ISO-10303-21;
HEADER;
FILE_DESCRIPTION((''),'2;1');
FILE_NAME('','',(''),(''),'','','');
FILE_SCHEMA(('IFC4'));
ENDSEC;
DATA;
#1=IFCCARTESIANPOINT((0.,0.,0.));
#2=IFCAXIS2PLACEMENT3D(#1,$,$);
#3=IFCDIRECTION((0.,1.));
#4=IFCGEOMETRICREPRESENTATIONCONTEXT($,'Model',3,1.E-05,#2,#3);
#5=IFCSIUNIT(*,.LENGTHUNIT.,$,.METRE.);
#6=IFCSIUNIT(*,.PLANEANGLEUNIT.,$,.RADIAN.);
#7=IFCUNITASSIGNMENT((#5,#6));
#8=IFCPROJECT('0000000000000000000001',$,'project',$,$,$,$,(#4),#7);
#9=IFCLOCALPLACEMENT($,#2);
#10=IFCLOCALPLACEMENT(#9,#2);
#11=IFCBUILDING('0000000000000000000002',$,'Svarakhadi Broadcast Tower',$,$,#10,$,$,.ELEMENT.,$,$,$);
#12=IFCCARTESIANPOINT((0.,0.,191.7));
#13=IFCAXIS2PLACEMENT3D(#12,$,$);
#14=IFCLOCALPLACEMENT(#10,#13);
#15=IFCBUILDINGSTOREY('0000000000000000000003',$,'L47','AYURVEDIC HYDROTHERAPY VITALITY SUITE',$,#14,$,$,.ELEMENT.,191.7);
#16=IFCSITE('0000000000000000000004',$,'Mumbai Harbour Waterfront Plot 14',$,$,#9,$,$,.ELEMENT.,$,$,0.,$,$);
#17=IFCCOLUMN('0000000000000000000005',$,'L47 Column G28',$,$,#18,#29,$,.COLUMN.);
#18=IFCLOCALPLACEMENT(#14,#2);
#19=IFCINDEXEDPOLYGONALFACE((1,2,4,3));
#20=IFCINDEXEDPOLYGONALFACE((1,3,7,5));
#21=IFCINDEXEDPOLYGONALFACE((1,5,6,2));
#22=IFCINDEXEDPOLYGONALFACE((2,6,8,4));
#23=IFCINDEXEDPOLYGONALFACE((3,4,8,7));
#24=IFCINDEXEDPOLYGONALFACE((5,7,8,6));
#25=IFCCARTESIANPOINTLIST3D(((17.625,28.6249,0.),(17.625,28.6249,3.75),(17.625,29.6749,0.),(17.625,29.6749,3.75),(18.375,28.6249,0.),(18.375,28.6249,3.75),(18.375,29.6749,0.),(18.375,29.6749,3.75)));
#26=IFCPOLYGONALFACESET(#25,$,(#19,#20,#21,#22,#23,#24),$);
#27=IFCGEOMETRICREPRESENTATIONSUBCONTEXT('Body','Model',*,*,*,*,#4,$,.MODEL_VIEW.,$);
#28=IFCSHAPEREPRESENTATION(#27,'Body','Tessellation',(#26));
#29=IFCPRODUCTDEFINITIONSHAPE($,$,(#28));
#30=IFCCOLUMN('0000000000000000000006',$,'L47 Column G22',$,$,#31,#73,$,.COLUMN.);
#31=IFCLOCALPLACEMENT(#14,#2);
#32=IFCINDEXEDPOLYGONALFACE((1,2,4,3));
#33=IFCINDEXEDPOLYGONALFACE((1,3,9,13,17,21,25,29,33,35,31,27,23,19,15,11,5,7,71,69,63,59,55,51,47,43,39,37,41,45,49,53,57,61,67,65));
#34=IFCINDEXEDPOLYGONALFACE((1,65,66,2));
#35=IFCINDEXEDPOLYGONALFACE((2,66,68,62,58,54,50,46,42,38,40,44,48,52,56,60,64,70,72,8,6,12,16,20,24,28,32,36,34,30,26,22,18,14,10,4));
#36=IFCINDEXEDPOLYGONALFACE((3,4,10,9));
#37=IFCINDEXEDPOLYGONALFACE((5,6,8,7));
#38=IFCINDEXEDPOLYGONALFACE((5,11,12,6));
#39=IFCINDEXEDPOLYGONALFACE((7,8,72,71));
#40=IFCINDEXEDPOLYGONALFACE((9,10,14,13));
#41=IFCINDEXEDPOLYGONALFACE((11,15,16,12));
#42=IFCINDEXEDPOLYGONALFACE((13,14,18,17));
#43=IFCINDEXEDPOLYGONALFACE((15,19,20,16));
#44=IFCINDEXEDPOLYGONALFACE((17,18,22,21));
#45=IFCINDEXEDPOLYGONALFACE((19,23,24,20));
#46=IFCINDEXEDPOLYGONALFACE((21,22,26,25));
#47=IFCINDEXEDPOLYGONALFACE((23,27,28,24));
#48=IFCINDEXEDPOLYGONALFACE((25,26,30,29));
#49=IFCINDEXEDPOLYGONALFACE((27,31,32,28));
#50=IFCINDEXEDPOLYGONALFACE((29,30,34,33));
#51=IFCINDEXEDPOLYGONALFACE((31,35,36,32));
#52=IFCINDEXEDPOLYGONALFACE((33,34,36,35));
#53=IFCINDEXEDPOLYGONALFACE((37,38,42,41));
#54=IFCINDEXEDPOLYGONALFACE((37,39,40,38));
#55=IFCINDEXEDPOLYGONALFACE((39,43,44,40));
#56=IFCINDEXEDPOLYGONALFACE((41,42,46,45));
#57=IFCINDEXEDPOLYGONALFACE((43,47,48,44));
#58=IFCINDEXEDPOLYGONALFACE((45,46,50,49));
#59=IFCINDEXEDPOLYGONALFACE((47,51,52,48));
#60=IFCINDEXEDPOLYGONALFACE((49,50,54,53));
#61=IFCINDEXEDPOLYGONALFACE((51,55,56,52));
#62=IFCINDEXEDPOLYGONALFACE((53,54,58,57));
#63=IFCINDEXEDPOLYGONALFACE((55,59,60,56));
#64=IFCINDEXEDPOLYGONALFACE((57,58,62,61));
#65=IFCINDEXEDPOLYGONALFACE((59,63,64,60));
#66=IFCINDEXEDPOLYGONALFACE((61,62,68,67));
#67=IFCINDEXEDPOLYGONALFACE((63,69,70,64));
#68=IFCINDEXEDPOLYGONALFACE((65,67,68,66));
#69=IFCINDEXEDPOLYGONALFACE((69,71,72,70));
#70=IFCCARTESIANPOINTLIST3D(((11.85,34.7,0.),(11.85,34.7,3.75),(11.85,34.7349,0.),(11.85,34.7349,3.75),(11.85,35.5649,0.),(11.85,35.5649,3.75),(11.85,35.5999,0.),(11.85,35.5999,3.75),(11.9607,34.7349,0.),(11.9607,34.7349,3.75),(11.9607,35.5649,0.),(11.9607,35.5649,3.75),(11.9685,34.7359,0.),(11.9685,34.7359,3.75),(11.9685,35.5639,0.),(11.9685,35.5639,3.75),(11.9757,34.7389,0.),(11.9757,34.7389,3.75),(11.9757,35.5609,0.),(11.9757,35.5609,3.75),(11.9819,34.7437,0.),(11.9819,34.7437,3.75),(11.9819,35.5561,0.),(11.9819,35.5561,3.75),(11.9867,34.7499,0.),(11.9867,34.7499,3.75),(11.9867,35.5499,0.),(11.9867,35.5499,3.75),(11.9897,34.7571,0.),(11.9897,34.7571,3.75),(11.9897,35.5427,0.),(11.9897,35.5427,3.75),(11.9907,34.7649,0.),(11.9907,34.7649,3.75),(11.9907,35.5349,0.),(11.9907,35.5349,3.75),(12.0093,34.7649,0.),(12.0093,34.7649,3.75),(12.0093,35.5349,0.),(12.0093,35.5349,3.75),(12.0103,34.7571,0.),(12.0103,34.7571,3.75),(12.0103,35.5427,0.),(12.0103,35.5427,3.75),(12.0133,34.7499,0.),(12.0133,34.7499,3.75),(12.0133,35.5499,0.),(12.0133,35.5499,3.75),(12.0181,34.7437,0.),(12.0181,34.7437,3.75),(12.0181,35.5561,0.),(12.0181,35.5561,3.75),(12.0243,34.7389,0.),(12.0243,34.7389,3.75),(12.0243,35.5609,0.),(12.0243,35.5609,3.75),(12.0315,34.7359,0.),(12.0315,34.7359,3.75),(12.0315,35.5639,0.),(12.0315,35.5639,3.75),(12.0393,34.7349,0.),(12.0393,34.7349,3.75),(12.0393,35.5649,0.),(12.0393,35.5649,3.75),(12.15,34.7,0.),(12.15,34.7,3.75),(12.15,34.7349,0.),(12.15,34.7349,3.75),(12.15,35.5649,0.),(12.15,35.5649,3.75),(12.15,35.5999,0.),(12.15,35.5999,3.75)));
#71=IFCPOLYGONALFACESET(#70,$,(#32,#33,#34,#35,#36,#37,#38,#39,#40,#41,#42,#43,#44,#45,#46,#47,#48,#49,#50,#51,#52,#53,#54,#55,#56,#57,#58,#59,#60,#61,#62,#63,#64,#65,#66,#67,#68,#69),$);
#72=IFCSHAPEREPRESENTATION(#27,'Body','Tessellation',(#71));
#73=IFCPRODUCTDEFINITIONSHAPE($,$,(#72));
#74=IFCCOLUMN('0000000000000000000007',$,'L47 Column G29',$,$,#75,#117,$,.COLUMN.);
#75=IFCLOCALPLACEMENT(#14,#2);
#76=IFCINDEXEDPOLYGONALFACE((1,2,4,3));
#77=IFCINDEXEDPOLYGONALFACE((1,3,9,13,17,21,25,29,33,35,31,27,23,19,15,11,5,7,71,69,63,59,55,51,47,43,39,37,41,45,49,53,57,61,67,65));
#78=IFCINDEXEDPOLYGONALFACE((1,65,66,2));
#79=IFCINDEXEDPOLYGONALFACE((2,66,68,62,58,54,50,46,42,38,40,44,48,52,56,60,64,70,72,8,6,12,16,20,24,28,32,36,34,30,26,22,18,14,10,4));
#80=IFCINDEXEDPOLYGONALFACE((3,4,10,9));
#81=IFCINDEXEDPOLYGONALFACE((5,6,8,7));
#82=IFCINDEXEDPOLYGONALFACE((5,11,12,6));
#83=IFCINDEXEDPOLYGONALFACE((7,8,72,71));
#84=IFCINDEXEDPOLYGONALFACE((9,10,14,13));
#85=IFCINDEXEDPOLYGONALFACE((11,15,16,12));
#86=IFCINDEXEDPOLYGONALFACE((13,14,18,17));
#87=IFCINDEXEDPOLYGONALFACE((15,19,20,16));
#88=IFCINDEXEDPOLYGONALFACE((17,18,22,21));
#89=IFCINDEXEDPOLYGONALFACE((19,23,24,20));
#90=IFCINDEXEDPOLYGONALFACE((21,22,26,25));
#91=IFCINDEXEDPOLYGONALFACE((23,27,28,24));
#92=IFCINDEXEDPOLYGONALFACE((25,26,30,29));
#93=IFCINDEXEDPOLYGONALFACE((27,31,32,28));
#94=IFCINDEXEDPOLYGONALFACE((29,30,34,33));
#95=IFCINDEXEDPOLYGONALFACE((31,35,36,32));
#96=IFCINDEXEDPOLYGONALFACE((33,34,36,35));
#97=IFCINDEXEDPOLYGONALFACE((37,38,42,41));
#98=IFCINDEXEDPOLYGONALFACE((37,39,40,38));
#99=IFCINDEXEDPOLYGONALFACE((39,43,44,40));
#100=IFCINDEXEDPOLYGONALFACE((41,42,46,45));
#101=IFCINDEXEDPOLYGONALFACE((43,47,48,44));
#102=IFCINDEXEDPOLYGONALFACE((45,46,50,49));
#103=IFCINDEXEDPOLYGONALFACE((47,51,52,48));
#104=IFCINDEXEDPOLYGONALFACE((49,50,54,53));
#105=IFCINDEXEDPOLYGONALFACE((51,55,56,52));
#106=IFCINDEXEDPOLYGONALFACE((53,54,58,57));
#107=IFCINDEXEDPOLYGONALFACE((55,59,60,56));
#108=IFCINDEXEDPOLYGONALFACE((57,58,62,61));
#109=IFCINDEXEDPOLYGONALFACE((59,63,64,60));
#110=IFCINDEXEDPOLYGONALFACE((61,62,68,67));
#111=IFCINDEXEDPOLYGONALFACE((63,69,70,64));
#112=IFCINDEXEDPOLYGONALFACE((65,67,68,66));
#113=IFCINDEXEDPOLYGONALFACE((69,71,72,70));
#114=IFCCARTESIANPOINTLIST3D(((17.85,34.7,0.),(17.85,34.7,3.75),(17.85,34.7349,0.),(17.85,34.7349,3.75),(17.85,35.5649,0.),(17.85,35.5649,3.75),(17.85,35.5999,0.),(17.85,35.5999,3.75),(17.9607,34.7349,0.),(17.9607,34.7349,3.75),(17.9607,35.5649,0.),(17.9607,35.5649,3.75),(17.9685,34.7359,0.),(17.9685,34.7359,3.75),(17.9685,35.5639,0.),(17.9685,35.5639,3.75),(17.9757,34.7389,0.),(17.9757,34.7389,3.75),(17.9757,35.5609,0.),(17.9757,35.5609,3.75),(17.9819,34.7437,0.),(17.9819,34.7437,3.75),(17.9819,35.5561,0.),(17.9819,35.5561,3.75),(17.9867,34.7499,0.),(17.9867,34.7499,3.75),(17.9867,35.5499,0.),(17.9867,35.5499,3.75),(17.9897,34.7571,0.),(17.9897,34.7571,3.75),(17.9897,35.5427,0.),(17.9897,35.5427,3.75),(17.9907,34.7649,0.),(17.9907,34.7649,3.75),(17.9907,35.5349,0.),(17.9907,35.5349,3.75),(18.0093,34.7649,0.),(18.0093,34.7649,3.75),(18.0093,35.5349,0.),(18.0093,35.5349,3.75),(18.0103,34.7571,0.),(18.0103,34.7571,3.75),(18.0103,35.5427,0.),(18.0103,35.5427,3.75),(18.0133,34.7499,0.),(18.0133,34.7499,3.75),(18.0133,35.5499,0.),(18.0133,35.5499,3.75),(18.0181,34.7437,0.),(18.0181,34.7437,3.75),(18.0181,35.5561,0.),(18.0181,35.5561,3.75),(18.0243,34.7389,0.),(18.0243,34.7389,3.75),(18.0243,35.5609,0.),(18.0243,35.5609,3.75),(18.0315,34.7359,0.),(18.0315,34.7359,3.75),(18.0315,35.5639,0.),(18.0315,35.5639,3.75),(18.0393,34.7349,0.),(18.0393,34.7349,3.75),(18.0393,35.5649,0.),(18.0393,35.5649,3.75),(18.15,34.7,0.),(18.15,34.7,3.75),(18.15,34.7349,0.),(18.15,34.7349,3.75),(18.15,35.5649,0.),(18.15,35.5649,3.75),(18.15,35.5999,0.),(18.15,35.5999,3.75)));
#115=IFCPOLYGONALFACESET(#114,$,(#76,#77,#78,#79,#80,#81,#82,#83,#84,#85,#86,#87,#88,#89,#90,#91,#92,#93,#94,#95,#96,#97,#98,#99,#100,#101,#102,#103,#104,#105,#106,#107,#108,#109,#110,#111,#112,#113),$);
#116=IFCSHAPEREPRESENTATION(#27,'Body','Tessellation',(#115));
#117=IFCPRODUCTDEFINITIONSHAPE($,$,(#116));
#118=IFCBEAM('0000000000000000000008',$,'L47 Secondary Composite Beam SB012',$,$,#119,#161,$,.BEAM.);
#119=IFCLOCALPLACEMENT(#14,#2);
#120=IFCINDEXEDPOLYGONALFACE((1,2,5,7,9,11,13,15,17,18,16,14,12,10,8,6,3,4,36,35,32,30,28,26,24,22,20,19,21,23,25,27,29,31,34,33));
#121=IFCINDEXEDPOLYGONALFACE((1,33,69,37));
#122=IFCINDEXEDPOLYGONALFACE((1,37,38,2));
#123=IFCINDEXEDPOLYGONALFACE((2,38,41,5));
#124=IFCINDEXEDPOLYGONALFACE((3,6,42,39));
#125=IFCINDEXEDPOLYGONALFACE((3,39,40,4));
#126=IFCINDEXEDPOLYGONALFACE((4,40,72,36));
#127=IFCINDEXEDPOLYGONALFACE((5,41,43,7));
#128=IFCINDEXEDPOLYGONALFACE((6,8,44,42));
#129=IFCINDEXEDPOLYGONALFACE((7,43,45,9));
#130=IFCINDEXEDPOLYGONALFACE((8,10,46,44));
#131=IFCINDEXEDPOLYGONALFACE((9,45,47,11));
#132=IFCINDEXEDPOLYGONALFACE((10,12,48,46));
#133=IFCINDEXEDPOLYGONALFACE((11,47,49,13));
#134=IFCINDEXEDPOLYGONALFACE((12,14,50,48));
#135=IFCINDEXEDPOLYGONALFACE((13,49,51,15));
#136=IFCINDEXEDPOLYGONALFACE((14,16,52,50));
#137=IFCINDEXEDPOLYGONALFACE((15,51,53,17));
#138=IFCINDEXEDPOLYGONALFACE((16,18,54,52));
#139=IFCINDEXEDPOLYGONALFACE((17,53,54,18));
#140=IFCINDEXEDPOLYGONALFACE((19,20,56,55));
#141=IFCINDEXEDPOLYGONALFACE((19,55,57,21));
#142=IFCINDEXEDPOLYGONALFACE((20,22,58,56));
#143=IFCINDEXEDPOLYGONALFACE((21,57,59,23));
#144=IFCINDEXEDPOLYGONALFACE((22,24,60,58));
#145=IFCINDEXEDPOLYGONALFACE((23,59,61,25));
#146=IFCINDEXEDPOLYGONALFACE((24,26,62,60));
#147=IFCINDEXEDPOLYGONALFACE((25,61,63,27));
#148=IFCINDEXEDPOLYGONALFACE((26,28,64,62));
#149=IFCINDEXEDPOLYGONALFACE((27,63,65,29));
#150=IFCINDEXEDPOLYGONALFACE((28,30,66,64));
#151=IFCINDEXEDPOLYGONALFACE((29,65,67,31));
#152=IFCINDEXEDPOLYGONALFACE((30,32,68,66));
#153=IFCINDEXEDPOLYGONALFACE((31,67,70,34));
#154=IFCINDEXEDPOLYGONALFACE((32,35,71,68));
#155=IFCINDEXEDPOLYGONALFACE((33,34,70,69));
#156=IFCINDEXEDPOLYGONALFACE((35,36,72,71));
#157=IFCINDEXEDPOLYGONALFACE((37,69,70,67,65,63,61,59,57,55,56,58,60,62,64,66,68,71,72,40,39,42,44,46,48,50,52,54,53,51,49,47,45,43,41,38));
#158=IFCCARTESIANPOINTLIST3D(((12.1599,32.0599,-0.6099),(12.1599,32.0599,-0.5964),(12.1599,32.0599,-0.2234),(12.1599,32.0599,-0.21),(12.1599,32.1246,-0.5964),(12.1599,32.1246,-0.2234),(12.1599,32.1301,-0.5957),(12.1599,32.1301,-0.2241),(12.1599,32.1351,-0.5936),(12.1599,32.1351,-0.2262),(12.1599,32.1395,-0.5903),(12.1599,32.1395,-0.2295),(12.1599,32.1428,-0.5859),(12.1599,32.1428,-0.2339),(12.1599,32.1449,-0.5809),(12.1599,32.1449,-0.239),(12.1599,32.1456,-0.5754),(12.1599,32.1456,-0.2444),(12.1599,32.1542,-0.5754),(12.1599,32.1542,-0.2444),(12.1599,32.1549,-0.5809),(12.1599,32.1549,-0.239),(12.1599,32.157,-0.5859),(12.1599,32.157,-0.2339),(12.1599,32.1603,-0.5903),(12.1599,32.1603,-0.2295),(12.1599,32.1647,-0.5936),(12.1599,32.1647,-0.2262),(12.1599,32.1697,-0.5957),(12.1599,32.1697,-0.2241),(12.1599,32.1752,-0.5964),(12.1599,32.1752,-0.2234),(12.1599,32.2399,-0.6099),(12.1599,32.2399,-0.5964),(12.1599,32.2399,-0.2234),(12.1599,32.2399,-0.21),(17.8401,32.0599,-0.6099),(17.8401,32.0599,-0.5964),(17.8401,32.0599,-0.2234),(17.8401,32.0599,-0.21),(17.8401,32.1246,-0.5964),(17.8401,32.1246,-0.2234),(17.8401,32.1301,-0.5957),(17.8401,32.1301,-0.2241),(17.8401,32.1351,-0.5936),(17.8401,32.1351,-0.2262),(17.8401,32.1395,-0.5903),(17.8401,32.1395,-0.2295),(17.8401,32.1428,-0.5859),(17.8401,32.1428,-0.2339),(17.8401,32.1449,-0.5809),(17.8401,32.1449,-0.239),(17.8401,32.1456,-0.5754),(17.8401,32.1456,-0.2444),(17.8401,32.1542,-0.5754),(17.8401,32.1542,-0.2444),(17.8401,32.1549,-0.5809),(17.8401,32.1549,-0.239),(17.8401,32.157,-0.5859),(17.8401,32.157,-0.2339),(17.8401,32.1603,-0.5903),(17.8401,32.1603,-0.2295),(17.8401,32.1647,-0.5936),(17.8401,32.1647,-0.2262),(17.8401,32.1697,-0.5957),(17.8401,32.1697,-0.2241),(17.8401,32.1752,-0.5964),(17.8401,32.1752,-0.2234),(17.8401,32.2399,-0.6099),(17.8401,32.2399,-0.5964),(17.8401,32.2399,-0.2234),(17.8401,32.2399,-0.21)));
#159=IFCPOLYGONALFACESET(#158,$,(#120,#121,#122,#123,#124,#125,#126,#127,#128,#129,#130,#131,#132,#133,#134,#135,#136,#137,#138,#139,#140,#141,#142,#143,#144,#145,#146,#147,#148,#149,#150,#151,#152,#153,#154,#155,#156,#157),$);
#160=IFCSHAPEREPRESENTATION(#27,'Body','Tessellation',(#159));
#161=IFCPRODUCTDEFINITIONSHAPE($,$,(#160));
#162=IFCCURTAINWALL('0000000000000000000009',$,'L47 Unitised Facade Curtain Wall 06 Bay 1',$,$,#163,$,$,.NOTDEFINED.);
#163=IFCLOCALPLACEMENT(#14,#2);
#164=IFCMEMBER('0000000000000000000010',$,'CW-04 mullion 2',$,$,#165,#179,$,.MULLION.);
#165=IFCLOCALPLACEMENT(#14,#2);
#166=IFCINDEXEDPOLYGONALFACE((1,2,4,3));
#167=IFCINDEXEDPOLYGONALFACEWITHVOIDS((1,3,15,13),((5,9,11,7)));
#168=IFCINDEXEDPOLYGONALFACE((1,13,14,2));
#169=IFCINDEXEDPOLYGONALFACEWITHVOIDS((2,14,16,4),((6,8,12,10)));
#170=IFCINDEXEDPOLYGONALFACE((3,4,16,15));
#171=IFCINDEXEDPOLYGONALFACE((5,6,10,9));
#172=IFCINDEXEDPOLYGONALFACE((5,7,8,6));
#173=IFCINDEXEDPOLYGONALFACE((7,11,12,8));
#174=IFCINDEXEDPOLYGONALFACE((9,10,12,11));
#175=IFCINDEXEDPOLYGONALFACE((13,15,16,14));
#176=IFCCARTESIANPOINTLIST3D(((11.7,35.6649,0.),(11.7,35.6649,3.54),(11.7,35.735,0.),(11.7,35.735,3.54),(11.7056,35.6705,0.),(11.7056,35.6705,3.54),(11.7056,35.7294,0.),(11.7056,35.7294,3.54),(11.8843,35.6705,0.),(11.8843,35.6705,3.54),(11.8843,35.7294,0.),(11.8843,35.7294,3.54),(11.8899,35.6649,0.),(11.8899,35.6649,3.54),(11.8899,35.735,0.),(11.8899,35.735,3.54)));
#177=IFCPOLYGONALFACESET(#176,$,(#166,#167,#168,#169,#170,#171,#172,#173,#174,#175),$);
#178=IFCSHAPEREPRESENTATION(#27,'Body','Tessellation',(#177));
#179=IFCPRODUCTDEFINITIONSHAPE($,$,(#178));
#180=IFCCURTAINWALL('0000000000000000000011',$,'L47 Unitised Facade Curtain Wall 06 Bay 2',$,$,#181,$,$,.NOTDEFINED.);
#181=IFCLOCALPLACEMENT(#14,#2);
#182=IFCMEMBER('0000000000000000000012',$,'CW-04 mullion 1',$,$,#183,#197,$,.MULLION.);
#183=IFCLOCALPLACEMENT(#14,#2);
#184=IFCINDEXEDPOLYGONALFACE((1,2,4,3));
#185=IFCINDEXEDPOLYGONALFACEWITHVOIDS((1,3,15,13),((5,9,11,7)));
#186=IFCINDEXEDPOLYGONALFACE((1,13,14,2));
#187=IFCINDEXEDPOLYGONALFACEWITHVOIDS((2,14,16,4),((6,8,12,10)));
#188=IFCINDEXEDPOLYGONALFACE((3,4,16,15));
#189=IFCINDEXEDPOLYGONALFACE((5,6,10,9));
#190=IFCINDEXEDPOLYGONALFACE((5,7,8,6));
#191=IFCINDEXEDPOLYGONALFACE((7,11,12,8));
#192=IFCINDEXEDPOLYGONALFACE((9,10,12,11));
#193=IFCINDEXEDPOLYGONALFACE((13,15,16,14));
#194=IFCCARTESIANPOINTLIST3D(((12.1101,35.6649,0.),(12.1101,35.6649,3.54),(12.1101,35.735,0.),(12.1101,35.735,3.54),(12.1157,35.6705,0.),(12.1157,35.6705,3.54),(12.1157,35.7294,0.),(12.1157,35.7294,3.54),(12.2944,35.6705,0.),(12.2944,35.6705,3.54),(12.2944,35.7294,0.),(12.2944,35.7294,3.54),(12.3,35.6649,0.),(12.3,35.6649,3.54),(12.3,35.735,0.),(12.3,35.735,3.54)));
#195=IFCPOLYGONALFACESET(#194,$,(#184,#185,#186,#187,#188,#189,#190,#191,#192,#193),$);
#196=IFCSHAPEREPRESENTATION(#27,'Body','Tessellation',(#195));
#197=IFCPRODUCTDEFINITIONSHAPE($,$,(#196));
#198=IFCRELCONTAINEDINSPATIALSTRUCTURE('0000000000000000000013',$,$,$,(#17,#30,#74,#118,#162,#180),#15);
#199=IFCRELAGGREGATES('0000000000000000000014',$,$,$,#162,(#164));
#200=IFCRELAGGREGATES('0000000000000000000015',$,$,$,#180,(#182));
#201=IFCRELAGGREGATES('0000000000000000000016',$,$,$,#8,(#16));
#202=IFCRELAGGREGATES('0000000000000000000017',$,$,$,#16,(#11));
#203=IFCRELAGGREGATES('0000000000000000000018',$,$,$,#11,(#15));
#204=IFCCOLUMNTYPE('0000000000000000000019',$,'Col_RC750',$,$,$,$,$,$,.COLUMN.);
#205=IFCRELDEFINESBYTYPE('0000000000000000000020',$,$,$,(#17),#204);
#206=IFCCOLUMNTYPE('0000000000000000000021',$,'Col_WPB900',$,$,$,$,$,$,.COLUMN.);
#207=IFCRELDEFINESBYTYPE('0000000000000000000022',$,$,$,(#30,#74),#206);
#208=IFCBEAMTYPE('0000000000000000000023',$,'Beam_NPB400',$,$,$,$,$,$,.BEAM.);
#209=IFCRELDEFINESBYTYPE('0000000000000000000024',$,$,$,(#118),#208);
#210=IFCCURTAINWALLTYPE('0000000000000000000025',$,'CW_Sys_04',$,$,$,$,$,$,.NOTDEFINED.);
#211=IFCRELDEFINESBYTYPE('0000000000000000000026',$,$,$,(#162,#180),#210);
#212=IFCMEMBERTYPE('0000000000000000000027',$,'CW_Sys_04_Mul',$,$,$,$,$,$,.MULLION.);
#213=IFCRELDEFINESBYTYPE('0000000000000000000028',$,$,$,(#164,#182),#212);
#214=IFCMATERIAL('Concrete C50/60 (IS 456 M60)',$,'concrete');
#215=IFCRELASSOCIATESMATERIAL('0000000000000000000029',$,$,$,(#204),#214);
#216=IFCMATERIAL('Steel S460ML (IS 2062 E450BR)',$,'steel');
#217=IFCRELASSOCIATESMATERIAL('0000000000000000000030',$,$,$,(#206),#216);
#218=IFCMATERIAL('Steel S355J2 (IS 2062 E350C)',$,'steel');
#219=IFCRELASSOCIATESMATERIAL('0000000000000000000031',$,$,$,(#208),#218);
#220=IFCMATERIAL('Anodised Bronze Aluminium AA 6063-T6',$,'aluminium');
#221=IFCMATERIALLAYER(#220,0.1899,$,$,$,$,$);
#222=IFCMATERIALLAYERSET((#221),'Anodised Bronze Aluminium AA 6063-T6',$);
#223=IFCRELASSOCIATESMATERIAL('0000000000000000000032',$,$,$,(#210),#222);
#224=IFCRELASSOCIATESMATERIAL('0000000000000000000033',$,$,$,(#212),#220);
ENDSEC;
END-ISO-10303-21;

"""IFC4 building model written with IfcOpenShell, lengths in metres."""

from ifc_helpers import new_model, si_unit, direction, frame, origin, origin_2d, place, context, subcontext, project, spatial, rectangle, hollow_rectangle, i_section, extrude, material, layer, layer_set, material_profile, profile_set, type_object, element, aggregate, save


model = new_model("IFC4")

# Units and contexts
model_context = context("Model", 3, precision=1e-05, world=origin(), true_north=direction((0.0, 1.0)))
body_context = subcontext(model_context, "Body", "Model", "MODEL_VIEW")
ifc_project = project(units=[si_unit("LENGTHUNIT", "METRE"), si_unit("PLANEANGLEUNIT", "RADIAN")], contexts=[model_context])

# Site, building, storey
site_placement = place(None, origin())
site = spatial("IfcSite", under=ifc_project, at=site_placement, Name="Mumbai Harbour Waterfront Plot 14", CompositionType="ELEMENT", RefElevation=0.0)
building_placement = place(site_placement, origin())
building = spatial("IfcBuilding", under=site, at=building_placement, Name="Svarakhadi Broadcast Tower", CompositionType="ELEMENT")
storey_placement = place(building_placement, frame((0.0, 0.0, 191.7)))
storey = spatial("IfcBuildingStorey", under=building, at=storey_placement, Name="L47", Description="AYURVEDIC HYDROTHERAPY VITALITY SUITE", CompositionType="ELEMENT", Elevation=191.7)

# Columns
ifc_material_1 = material(Name="Concrete C50/60 (IS 456 M60)", Category="concrete")
ifc_material_profile_1 = material_profile(ifc_material_1, rectangle(XDim=0.75, YDim=1.05, at=origin_2d()), Name="RC 750x1050")
ifc_profile_set_1 = profile_set([ifc_material_profile_1], Name="Concrete C50/60 (IS 456 M60)")
column_type_1 = type_object("IfcColumnType", Name="Col_RC750", PredefinedType="COLUMN", material=ifc_profile_set_1)
column_placement = place(storey_placement, frame((18.0, 29.1499, 0.0), z_axis=(0.0, 0.0, 1.0), x_axis=(1.0, 0.0, 0.0)))
element("IfcColumn", 1, at=column_placement, inside=storey, type_object=column_type_1, Name="L47 Column G28", PredefinedType="COLUMN", context=body_context, shape_type="SweptSolid", body=[
    extrude(rectangle(XDim=0.75, YDim=1.05, at=origin_2d()), origin(), (0.0, 0.0, 1.0), 3.75),
])
ifc_material_2 = material(Name="Steel S460ML (IS 2062 E450BR)", Category="steel")
ifc_material_profile_2 = material_profile(ifc_material_2, i_section(OverallWidth=0.3, OverallDepth=0.8999, WebThickness=0.0186, FlangeThickness=0.0349, FilletRadius=0.03, at=origin_2d()), Name="WPB 900x300x291")
ifc_profile_set_2 = profile_set([ifc_material_profile_2], Name="Steel S460ML (IS 2062 E450BR)")
column_type_2 = type_object("IfcColumnType", Name="Col_WPB900", PredefinedType="COLUMN", material=ifc_profile_set_2)
for number, where, z_axis, x_axis, name in (
    (2, (12.0, 35.1499, 0.0), (0.0, 0.0, 1.0), (1.0, 0.0, 0.0), "L47 Column G22"),
    (3, (18.0, 35.1499, 0.0), (0.0, 0.0, 1.0), (1.0, 0.0, 0.0), "L47 Column G29"),
):
    element("IfcColumn", number, at=place(storey_placement, frame(where, z_axis=z_axis, x_axis=x_axis)), inside=storey, type_object=column_type_2, Name=name, PredefinedType="COLUMN", context=body_context, shape_type="SweptSolid", body=[
        extrude(i_section(OverallWidth=0.3, OverallDepth=0.8999, WebThickness=0.0186, FlangeThickness=0.0349, FilletRadius=0.03, at=origin_2d()), origin(), (0.0, 0.0, 1.0), 3.75),
    ])

# Beam
ifc_material_3 = material(Name="Steel S355J2 (IS 2062 E350C)", Category="steel")
ifc_material_profile_3 = material_profile(ifc_material_3, i_section(OverallWidth=0.1799, OverallDepth=0.3999, WebThickness=0.0085, FlangeThickness=0.0134, FilletRadius=0.021, at=origin_2d()), Name="NPB 400x180x66")
ifc_profile_set_3 = profile_set([ifc_material_profile_3], Name="Steel S355J2 (IS 2062 E350C)")
beam_type_1 = type_object("IfcBeamType", Name="Beam_NPB400", PredefinedType="BEAM", material=ifc_profile_set_3)
beam_1_placement = place(storey_placement, frame((12.1599, 32.1499, -0.4099), z_axis=(1.0, 0.0, 0.0), x_axis=(0.0, 1.0, 0.0)))
element("IfcBeam", 4, at=beam_1_placement, inside=storey, type_object=beam_type_1, Name="L47 Secondary Composite Beam SB012", PredefinedType="BEAM", context=body_context, shape_type="SweptSolid", body=[
    extrude(i_section(OverallWidth=0.1799, OverallDepth=0.3999, WebThickness=0.0085, FlangeThickness=0.0134, FilletRadius=0.021, at=origin_2d()), origin(), (0.0, 0.0, 1.0), 5.6802),
])

# Curtain wall, member
ifc_material_4 = material(Name="Anodised Bronze Aluminium AA 6063-T6", Category="aluminium")
ifc_layer_1 = layer(ifc_material_4, 0.1899)
ifc_layer_set_1 = layer_set([ifc_layer_1], Name="Anodised Bronze Aluminium AA 6063-T6")
curtain_wall_type = type_object("IfcCurtainWallType", Name="CW_Sys_04", PredefinedType="NOTDEFINED", material=ifc_layer_set_1)
curtain_wall_1_placement = place(storey_placement, origin())
curtain_wall_1 = element("IfcCurtainWall", 5, at=curtain_wall_1_placement, inside=storey, type_object=curtain_wall_type, Name="L47 Unitised Facade Curtain Wall 06 Bay 1", PredefinedType="NOTDEFINED")
ifc_material_profile_4 = material_profile(ifc_material_4, hollow_rectangle(XDim=0.0701, YDim=0.1899, WallThickness=0.0056, at=origin_2d()), Name="ALU MULLION 190x70x6")
ifc_profile_set_4 = profile_set([ifc_material_profile_4], Name="Anodised Bronze Aluminium AA 6063-T6")
member_type_1 = type_object("IfcMemberType", Name="CW_Sys_04_Mul", PredefinedType="MULLION", material=ifc_profile_set_4)
member_1_placement = place(storey_placement, frame((11.7949, 35.7, 0.0), z_axis=(0.0, 0.0, 1.0), x_axis=(0.0, 1.0, 0.0)))
member_1 = element("IfcMember", 6, at=member_1_placement, type_object=member_type_1, Name="CW-04 mullion 2", PredefinedType="MULLION", context=body_context, shape_type="SweptSolid", body=[
    extrude(hollow_rectangle(XDim=0.0701, YDim=0.1899, WallThickness=0.0056, at=origin_2d()), origin(), (0.0, 0.0, 1.0), 3.54),
])
aggregate(curtain_wall_1, [member_1])

# Curtain wall, member
curtain_wall_2_placement = place(storey_placement, origin())
curtain_wall_2 = element("IfcCurtainWall", 7, at=curtain_wall_2_placement, inside=storey, type_object=curtain_wall_type, Name="L47 Unitised Facade Curtain Wall 06 Bay 2", PredefinedType="NOTDEFINED")
member_2_placement = place(storey_placement, frame((12.2051, 35.7, 0.0), z_axis=(0.0, 0.0, 1.0), x_axis=(0.0, 1.0, 0.0)))
member_2 = element("IfcMember", 8, at=member_2_placement, type_object=member_type_1, Name="CW-04 mullion 1", PredefinedType="MULLION", context=body_context, shape_type="SweptSolid", body=[
    extrude(hollow_rectangle(XDim=0.0701, YDim=0.1899, WallThickness=0.0056, at=origin_2d()), origin(), (0.0, 0.0, 1.0), 3.54),
])

aggregate(curtain_wall_2, [member_2])

save(model, "model.ifc")
